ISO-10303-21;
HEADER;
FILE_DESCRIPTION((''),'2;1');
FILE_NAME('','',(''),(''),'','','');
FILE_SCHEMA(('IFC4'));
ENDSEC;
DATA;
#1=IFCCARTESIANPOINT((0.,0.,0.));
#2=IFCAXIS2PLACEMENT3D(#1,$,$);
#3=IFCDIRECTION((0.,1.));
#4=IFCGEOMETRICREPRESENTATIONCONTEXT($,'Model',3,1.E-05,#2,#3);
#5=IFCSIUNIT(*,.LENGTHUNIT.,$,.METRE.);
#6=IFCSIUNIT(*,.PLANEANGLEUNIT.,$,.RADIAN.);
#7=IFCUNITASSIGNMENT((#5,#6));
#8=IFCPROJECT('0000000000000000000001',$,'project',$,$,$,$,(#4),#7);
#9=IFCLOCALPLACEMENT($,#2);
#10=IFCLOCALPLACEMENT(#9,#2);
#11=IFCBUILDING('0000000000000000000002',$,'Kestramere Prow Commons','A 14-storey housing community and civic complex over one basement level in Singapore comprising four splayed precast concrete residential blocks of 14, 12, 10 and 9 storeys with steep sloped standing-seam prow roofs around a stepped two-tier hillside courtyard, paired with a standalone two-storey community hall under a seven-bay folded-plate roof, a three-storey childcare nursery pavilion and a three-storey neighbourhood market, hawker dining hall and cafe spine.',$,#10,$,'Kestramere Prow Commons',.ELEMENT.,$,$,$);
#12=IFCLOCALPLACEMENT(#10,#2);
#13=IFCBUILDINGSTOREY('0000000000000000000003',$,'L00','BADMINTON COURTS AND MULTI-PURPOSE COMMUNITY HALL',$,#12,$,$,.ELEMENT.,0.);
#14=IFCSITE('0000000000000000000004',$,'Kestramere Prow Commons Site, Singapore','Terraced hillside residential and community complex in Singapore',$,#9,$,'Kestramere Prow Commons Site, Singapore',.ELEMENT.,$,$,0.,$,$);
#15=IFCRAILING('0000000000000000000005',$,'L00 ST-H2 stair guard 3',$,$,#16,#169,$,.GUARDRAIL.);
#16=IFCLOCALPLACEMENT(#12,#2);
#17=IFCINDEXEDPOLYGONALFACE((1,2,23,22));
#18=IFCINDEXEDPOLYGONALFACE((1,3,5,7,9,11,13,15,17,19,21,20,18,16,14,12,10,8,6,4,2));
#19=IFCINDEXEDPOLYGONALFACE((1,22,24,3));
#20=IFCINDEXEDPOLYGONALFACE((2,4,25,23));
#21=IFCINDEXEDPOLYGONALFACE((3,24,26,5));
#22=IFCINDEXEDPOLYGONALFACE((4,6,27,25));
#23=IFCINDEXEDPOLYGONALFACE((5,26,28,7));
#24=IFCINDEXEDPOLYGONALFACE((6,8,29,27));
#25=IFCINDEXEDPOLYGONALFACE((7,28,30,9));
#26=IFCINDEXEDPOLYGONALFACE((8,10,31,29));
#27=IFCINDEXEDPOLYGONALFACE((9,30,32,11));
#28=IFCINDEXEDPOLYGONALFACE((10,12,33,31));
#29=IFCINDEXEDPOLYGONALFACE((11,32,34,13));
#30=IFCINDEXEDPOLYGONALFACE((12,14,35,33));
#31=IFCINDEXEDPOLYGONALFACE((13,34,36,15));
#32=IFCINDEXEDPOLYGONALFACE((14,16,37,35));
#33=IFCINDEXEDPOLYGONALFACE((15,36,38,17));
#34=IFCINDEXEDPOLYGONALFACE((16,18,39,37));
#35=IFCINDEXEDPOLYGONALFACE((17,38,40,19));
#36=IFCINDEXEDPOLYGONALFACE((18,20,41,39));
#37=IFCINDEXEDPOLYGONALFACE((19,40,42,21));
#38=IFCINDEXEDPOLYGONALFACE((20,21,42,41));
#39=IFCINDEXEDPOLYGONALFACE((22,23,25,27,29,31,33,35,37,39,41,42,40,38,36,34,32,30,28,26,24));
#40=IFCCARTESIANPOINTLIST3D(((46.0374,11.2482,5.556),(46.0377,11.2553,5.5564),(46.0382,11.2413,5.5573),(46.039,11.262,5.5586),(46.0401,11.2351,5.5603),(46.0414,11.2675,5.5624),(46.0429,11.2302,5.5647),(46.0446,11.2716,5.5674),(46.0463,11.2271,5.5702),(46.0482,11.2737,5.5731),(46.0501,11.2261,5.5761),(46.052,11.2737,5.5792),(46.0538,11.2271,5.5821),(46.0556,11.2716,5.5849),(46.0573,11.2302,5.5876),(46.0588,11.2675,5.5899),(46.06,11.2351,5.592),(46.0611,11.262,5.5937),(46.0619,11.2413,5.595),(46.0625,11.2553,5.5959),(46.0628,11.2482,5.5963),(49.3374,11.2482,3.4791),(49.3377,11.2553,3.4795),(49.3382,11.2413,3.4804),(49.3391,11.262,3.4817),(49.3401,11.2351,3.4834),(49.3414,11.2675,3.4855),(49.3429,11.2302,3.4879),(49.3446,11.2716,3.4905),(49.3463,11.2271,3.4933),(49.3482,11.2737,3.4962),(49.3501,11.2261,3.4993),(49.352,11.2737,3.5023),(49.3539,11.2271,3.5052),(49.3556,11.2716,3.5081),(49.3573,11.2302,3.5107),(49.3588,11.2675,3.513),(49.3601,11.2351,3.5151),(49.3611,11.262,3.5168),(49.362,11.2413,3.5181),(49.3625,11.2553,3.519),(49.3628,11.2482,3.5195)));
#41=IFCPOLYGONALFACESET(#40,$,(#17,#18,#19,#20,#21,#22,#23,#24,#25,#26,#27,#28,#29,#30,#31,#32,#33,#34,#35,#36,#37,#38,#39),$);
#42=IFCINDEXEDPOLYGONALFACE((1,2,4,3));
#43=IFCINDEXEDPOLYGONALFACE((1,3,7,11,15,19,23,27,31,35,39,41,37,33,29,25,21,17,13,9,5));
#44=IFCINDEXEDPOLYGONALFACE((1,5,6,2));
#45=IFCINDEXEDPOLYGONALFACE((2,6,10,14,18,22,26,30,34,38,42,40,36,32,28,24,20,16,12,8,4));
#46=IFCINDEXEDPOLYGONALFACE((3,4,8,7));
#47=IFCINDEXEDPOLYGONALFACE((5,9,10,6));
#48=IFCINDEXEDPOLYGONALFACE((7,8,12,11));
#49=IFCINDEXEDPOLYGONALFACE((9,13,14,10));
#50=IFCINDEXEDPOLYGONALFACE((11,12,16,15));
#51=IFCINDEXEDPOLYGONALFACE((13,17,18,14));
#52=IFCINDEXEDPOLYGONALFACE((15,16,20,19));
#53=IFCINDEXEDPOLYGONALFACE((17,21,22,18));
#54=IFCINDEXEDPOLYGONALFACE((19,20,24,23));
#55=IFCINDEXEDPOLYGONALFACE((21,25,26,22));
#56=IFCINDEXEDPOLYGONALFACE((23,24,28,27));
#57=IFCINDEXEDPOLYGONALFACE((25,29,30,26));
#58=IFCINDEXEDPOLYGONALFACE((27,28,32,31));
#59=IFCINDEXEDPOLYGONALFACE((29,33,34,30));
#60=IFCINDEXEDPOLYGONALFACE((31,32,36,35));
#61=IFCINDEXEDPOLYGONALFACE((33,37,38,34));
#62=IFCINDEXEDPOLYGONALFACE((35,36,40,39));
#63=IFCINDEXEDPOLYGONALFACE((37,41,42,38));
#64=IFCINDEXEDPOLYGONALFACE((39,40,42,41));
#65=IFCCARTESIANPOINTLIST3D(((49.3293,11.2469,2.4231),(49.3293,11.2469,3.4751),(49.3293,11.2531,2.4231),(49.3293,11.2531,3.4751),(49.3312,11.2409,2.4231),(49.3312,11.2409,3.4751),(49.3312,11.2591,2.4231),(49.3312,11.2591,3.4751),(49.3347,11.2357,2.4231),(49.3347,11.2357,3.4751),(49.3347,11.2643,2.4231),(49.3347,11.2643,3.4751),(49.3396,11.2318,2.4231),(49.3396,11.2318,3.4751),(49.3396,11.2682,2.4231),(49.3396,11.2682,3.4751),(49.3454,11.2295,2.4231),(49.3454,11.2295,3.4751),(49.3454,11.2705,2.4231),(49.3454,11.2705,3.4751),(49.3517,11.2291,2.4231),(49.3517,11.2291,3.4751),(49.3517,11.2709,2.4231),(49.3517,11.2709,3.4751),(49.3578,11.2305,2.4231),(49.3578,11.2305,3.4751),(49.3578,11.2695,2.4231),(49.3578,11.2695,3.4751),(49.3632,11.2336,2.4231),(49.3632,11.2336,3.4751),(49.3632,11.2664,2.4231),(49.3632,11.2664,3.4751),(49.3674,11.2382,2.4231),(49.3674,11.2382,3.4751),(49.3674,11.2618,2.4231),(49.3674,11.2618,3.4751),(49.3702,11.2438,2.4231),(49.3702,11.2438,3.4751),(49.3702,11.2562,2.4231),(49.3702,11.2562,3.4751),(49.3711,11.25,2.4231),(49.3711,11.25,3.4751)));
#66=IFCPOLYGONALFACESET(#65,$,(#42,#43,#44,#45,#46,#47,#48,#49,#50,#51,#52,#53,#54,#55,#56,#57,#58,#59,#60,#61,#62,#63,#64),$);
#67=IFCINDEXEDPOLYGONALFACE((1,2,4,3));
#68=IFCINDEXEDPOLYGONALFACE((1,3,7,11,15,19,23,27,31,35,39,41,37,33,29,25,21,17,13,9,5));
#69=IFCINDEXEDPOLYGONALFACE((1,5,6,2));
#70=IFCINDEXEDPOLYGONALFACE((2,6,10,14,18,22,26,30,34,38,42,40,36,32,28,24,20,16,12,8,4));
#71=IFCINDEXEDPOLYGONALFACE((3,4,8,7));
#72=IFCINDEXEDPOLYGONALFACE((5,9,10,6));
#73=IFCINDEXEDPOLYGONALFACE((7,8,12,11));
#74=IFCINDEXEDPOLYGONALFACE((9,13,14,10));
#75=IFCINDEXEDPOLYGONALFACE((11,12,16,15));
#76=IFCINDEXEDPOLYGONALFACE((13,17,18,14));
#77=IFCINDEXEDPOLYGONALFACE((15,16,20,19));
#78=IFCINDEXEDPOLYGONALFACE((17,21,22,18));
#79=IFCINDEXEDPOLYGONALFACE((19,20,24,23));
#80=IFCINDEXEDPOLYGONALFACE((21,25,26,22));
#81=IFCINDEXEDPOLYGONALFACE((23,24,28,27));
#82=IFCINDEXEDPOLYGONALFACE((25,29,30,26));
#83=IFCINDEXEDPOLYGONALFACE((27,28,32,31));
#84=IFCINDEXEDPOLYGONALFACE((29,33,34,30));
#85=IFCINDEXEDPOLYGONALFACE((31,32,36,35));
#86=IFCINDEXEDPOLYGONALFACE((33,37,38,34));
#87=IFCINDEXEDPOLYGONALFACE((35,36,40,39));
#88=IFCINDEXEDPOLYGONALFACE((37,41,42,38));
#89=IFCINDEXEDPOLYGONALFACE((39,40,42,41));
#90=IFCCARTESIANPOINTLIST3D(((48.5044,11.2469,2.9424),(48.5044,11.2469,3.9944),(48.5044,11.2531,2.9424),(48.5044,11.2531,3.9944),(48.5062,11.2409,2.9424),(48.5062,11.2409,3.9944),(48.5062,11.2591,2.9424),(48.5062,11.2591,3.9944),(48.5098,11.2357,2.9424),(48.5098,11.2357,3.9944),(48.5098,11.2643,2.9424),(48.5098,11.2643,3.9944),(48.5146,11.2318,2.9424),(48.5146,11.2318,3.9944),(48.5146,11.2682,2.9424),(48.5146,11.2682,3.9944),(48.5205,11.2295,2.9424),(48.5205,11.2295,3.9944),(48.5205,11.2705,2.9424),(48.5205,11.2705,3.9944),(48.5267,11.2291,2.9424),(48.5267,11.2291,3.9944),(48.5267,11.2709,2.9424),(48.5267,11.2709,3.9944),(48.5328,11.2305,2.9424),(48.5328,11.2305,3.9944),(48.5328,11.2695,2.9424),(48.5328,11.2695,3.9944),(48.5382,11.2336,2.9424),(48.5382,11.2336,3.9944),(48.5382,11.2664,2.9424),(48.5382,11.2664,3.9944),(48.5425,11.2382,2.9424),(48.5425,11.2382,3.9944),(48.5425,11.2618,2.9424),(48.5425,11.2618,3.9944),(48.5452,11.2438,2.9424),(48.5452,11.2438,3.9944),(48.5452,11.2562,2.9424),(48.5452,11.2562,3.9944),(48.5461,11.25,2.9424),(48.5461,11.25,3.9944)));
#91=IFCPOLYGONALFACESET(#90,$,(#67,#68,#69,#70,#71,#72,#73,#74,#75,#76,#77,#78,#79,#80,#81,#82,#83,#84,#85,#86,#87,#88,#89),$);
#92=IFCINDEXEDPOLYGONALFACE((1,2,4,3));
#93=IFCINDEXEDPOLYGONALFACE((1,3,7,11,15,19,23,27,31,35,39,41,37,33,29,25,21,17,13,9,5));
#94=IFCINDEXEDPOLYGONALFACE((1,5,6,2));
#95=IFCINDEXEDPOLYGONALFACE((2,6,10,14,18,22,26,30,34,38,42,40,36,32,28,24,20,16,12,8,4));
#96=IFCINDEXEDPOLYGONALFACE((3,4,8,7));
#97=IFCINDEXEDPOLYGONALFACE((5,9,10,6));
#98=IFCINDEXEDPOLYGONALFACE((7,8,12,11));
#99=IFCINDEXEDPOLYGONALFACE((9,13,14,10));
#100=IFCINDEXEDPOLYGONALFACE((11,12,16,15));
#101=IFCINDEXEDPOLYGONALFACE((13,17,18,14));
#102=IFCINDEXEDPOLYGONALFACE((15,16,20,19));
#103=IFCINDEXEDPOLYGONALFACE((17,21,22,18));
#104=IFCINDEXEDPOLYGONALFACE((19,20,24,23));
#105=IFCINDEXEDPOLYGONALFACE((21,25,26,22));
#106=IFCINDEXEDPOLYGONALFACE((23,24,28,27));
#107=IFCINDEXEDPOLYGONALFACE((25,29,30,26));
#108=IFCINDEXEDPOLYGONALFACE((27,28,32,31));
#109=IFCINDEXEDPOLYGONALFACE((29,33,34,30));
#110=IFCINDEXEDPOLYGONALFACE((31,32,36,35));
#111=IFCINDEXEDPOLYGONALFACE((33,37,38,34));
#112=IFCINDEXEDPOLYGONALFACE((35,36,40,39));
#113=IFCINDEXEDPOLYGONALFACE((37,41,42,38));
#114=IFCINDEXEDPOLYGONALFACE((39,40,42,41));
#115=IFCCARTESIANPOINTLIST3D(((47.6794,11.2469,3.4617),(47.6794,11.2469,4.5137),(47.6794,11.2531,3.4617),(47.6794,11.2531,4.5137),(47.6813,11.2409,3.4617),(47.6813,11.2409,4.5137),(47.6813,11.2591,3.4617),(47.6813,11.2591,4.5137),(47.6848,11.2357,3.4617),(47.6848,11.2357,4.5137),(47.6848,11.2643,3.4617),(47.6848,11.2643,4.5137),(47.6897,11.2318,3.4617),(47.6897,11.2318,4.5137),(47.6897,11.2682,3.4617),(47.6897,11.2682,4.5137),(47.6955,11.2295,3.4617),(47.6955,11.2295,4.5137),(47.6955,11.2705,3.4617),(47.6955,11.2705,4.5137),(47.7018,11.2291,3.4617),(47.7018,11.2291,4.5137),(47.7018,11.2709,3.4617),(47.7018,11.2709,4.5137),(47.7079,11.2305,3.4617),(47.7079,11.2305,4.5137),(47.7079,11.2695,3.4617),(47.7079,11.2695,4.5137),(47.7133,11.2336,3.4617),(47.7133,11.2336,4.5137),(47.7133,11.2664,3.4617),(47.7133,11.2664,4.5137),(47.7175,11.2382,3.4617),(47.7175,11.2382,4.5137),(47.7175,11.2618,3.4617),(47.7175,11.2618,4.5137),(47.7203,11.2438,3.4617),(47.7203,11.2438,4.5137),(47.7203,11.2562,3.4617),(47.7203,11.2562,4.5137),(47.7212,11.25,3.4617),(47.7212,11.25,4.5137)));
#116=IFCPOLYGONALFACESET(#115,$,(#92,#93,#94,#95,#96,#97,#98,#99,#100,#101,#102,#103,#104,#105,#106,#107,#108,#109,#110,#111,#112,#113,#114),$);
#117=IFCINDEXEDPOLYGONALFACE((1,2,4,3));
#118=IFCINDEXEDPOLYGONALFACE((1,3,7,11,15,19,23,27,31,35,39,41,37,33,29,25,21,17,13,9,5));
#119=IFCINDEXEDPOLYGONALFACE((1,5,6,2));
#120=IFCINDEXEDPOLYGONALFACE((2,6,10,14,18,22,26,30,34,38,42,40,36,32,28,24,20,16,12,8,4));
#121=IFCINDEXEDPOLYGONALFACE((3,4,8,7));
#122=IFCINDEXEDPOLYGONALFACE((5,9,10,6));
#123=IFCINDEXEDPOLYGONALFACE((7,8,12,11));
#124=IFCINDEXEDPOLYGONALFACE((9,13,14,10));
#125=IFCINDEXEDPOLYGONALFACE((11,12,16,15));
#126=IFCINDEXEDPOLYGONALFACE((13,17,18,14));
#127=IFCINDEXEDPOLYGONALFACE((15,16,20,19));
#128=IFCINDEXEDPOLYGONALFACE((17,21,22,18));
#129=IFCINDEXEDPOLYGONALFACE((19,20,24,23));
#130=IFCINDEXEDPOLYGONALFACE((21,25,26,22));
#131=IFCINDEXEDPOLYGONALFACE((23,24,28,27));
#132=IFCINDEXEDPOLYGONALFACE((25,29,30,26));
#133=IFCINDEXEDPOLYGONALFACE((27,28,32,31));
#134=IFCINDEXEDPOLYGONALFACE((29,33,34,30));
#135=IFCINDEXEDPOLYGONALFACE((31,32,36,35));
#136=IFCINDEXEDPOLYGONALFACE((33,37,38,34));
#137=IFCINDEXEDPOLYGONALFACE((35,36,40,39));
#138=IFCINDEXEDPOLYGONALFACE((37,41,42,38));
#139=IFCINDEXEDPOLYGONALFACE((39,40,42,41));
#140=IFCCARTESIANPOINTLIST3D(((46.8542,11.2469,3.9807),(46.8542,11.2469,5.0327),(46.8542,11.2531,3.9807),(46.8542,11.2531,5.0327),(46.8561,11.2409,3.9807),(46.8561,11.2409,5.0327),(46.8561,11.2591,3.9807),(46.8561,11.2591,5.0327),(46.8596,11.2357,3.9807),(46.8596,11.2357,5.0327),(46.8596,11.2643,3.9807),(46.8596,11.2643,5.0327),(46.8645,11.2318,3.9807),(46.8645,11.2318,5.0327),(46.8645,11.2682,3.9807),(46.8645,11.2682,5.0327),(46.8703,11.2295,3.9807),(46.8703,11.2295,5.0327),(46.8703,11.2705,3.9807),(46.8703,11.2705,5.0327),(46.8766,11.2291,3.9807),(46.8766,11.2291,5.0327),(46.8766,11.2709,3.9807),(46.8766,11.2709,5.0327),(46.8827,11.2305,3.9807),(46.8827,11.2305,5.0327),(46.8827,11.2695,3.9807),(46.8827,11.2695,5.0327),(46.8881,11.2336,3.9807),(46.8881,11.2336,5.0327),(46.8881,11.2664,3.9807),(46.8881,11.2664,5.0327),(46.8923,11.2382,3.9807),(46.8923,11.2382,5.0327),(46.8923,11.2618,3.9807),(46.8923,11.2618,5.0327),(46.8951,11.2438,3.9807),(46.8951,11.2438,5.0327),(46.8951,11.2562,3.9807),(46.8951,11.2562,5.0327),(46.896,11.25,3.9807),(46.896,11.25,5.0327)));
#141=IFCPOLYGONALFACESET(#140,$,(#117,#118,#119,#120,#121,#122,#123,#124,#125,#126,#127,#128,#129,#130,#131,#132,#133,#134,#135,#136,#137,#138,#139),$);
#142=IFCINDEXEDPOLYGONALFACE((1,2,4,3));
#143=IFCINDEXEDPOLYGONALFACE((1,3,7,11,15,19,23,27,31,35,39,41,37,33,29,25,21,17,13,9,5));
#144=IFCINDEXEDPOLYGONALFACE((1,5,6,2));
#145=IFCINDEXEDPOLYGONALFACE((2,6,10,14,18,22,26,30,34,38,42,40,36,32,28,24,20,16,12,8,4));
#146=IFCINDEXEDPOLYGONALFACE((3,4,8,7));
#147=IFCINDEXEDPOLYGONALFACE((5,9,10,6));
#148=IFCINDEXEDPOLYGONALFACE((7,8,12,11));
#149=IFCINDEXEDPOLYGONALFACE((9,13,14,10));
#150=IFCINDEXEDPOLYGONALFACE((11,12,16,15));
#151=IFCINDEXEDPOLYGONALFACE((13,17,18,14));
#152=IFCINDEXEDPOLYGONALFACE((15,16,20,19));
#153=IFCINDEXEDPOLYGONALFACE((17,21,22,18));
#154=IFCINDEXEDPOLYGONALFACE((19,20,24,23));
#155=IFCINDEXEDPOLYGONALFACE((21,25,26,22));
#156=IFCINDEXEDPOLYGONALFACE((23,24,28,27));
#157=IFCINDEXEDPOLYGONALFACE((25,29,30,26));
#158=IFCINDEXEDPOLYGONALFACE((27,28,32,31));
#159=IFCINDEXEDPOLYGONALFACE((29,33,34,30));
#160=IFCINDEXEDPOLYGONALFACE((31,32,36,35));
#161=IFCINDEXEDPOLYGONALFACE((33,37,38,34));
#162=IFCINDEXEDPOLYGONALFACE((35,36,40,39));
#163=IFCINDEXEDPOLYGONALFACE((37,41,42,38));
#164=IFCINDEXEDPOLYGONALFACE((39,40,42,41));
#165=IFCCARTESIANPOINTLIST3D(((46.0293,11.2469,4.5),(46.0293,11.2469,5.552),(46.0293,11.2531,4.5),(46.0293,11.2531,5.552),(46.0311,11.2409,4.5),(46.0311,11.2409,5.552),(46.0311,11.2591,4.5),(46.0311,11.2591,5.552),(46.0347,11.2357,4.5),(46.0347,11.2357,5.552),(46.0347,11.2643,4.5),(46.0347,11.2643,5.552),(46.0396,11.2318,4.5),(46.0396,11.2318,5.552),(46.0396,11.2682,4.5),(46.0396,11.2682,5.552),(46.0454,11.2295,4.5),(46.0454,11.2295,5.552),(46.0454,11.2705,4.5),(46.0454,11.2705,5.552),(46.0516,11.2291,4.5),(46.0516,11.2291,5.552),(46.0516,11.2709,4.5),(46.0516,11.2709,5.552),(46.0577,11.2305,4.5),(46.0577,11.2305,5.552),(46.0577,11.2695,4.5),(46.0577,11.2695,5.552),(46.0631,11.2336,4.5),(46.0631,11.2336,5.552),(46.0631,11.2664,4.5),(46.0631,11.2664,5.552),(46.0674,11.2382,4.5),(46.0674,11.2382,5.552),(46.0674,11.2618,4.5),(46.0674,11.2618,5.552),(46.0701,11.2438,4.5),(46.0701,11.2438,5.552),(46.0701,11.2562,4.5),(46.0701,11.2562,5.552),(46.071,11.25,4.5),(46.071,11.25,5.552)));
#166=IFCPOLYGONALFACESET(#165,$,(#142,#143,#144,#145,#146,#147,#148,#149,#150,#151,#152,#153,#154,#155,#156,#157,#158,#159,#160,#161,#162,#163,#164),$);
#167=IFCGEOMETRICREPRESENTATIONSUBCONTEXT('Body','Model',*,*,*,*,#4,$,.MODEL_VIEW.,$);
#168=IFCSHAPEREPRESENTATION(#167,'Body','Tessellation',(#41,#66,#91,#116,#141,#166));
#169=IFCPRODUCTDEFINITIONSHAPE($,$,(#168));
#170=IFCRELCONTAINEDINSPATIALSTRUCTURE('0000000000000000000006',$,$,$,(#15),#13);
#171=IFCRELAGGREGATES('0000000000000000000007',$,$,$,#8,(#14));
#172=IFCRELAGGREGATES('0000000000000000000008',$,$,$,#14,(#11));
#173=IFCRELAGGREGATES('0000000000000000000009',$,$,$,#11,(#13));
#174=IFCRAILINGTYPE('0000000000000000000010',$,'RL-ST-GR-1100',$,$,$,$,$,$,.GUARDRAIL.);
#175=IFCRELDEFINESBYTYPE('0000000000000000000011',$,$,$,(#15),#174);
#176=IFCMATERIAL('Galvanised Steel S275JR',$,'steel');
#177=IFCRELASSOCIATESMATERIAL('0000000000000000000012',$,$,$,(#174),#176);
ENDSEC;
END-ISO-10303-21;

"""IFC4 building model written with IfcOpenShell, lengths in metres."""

from ifc_helpers import new_model, si_unit, direction, frame, origin, origin_2d, place, context, subcontext, project, spatial, circle, extrude, material, type_object, element, save


model = new_model("IFC4")

# Units and contexts
model_context = context("Model", 3, precision=1e-05, world=origin(), true_north=direction((0.0, 1.0)))
body_context = subcontext(model_context, "Body", "Model", "MODEL_VIEW")
ifc_project = project(units=[si_unit("LENGTHUNIT", "METRE"), si_unit("PLANEANGLEUNIT", "RADIAN")], contexts=[model_context])

# Site, building, storey
site_placement = place(None, origin())
site = spatial("IfcSite", under=ifc_project, at=site_placement, Name="Kestramere Prow Commons Site, Singapore", Description="Terraced hillside residential and community complex in Singapore", LongName="Kestramere Prow Commons Site, Singapore", CompositionType="ELEMENT", RefElevation=0.0)
building_placement = place(site_placement, origin())
building = spatial("IfcBuilding", under=site, at=building_placement, Name="Kestramere Prow Commons", Description="A 14-storey housing community and civic complex over one basement level in Singapore comprising four splayed precast concrete residential blocks of 14, 12, 10 and 9 storeys with steep sloped standing-seam prow roofs around a stepped two-tier hillside courtyard, paired with a standalone two-storey community hall under a seven-bay folded-plate roof, a three-storey childcare nursery pavilion and a three-storey neighbourhood market, hawker dining hall and cafe spine.", LongName="Kestramere Prow Commons", CompositionType="ELEMENT")
storey_placement = place(building_placement, origin())
storey = spatial("IfcBuildingStorey", under=building, at=storey_placement, Name="L00", Description="BADMINTON COURTS AND MULTI-PURPOSE COMMUNITY HALL", CompositionType="ELEMENT", Elevation=0.0)

# Railing
ifc_material_1 = material(Name="Galvanised Steel S275JR", Category="steel")
railing_type_1 = type_object("IfcRailingType", Name="RL-ST-GR-1100", PredefinedType="GUARDRAIL", material=ifc_material_1)
railing_1_placement = place(storey_placement, frame((49.3501, 11.25, 2.4231)))
element("IfcRailing", 1, at=railing_1_placement, inside=storey, type_object=railing_type_1, Name="L00 ST-H2 stair guard 3", PredefinedType="GUARDRAIL", context=body_context, shape_type="SweptSolid", body=[
    extrude(circle(Radius=0.0239, at=origin_2d()), frame((0.0, 0.0, 1.0762), z_axis=(-0.846337, 0.0, 0.532647), x_axis=(0.0, -1.0, 0.0)), (0.0, 0.0, 1.0), 3.8992),
    extrude(circle(Radius=0.021, at=origin_2d()), origin(), (0.0, 0.0, 1.0), 1.052),
    extrude(circle(Radius=0.021, at=origin_2d()), frame((-0.825, 0.0, 0.5193)), (0.0, 0.0, 1.0), 1.052),
    extrude(circle(Radius=0.021, at=origin_2d()), frame((-1.6499, 0.0, 1.0386)), (0.0, 0.0, 1.0), 1.052),
    extrude(circle(Radius=0.021, at=origin_2d()), frame((-2.4751, 0.0, 1.5576)), (0.0, 0.0, 1.0), 1.052),
    extrude(circle(Radius=0.021, at=origin_2d()), frame((-3.3, 0.0, 2.0769)), (0.0, 0.0, 1.0), 1.052),
])

save(model, "model.ifc")
